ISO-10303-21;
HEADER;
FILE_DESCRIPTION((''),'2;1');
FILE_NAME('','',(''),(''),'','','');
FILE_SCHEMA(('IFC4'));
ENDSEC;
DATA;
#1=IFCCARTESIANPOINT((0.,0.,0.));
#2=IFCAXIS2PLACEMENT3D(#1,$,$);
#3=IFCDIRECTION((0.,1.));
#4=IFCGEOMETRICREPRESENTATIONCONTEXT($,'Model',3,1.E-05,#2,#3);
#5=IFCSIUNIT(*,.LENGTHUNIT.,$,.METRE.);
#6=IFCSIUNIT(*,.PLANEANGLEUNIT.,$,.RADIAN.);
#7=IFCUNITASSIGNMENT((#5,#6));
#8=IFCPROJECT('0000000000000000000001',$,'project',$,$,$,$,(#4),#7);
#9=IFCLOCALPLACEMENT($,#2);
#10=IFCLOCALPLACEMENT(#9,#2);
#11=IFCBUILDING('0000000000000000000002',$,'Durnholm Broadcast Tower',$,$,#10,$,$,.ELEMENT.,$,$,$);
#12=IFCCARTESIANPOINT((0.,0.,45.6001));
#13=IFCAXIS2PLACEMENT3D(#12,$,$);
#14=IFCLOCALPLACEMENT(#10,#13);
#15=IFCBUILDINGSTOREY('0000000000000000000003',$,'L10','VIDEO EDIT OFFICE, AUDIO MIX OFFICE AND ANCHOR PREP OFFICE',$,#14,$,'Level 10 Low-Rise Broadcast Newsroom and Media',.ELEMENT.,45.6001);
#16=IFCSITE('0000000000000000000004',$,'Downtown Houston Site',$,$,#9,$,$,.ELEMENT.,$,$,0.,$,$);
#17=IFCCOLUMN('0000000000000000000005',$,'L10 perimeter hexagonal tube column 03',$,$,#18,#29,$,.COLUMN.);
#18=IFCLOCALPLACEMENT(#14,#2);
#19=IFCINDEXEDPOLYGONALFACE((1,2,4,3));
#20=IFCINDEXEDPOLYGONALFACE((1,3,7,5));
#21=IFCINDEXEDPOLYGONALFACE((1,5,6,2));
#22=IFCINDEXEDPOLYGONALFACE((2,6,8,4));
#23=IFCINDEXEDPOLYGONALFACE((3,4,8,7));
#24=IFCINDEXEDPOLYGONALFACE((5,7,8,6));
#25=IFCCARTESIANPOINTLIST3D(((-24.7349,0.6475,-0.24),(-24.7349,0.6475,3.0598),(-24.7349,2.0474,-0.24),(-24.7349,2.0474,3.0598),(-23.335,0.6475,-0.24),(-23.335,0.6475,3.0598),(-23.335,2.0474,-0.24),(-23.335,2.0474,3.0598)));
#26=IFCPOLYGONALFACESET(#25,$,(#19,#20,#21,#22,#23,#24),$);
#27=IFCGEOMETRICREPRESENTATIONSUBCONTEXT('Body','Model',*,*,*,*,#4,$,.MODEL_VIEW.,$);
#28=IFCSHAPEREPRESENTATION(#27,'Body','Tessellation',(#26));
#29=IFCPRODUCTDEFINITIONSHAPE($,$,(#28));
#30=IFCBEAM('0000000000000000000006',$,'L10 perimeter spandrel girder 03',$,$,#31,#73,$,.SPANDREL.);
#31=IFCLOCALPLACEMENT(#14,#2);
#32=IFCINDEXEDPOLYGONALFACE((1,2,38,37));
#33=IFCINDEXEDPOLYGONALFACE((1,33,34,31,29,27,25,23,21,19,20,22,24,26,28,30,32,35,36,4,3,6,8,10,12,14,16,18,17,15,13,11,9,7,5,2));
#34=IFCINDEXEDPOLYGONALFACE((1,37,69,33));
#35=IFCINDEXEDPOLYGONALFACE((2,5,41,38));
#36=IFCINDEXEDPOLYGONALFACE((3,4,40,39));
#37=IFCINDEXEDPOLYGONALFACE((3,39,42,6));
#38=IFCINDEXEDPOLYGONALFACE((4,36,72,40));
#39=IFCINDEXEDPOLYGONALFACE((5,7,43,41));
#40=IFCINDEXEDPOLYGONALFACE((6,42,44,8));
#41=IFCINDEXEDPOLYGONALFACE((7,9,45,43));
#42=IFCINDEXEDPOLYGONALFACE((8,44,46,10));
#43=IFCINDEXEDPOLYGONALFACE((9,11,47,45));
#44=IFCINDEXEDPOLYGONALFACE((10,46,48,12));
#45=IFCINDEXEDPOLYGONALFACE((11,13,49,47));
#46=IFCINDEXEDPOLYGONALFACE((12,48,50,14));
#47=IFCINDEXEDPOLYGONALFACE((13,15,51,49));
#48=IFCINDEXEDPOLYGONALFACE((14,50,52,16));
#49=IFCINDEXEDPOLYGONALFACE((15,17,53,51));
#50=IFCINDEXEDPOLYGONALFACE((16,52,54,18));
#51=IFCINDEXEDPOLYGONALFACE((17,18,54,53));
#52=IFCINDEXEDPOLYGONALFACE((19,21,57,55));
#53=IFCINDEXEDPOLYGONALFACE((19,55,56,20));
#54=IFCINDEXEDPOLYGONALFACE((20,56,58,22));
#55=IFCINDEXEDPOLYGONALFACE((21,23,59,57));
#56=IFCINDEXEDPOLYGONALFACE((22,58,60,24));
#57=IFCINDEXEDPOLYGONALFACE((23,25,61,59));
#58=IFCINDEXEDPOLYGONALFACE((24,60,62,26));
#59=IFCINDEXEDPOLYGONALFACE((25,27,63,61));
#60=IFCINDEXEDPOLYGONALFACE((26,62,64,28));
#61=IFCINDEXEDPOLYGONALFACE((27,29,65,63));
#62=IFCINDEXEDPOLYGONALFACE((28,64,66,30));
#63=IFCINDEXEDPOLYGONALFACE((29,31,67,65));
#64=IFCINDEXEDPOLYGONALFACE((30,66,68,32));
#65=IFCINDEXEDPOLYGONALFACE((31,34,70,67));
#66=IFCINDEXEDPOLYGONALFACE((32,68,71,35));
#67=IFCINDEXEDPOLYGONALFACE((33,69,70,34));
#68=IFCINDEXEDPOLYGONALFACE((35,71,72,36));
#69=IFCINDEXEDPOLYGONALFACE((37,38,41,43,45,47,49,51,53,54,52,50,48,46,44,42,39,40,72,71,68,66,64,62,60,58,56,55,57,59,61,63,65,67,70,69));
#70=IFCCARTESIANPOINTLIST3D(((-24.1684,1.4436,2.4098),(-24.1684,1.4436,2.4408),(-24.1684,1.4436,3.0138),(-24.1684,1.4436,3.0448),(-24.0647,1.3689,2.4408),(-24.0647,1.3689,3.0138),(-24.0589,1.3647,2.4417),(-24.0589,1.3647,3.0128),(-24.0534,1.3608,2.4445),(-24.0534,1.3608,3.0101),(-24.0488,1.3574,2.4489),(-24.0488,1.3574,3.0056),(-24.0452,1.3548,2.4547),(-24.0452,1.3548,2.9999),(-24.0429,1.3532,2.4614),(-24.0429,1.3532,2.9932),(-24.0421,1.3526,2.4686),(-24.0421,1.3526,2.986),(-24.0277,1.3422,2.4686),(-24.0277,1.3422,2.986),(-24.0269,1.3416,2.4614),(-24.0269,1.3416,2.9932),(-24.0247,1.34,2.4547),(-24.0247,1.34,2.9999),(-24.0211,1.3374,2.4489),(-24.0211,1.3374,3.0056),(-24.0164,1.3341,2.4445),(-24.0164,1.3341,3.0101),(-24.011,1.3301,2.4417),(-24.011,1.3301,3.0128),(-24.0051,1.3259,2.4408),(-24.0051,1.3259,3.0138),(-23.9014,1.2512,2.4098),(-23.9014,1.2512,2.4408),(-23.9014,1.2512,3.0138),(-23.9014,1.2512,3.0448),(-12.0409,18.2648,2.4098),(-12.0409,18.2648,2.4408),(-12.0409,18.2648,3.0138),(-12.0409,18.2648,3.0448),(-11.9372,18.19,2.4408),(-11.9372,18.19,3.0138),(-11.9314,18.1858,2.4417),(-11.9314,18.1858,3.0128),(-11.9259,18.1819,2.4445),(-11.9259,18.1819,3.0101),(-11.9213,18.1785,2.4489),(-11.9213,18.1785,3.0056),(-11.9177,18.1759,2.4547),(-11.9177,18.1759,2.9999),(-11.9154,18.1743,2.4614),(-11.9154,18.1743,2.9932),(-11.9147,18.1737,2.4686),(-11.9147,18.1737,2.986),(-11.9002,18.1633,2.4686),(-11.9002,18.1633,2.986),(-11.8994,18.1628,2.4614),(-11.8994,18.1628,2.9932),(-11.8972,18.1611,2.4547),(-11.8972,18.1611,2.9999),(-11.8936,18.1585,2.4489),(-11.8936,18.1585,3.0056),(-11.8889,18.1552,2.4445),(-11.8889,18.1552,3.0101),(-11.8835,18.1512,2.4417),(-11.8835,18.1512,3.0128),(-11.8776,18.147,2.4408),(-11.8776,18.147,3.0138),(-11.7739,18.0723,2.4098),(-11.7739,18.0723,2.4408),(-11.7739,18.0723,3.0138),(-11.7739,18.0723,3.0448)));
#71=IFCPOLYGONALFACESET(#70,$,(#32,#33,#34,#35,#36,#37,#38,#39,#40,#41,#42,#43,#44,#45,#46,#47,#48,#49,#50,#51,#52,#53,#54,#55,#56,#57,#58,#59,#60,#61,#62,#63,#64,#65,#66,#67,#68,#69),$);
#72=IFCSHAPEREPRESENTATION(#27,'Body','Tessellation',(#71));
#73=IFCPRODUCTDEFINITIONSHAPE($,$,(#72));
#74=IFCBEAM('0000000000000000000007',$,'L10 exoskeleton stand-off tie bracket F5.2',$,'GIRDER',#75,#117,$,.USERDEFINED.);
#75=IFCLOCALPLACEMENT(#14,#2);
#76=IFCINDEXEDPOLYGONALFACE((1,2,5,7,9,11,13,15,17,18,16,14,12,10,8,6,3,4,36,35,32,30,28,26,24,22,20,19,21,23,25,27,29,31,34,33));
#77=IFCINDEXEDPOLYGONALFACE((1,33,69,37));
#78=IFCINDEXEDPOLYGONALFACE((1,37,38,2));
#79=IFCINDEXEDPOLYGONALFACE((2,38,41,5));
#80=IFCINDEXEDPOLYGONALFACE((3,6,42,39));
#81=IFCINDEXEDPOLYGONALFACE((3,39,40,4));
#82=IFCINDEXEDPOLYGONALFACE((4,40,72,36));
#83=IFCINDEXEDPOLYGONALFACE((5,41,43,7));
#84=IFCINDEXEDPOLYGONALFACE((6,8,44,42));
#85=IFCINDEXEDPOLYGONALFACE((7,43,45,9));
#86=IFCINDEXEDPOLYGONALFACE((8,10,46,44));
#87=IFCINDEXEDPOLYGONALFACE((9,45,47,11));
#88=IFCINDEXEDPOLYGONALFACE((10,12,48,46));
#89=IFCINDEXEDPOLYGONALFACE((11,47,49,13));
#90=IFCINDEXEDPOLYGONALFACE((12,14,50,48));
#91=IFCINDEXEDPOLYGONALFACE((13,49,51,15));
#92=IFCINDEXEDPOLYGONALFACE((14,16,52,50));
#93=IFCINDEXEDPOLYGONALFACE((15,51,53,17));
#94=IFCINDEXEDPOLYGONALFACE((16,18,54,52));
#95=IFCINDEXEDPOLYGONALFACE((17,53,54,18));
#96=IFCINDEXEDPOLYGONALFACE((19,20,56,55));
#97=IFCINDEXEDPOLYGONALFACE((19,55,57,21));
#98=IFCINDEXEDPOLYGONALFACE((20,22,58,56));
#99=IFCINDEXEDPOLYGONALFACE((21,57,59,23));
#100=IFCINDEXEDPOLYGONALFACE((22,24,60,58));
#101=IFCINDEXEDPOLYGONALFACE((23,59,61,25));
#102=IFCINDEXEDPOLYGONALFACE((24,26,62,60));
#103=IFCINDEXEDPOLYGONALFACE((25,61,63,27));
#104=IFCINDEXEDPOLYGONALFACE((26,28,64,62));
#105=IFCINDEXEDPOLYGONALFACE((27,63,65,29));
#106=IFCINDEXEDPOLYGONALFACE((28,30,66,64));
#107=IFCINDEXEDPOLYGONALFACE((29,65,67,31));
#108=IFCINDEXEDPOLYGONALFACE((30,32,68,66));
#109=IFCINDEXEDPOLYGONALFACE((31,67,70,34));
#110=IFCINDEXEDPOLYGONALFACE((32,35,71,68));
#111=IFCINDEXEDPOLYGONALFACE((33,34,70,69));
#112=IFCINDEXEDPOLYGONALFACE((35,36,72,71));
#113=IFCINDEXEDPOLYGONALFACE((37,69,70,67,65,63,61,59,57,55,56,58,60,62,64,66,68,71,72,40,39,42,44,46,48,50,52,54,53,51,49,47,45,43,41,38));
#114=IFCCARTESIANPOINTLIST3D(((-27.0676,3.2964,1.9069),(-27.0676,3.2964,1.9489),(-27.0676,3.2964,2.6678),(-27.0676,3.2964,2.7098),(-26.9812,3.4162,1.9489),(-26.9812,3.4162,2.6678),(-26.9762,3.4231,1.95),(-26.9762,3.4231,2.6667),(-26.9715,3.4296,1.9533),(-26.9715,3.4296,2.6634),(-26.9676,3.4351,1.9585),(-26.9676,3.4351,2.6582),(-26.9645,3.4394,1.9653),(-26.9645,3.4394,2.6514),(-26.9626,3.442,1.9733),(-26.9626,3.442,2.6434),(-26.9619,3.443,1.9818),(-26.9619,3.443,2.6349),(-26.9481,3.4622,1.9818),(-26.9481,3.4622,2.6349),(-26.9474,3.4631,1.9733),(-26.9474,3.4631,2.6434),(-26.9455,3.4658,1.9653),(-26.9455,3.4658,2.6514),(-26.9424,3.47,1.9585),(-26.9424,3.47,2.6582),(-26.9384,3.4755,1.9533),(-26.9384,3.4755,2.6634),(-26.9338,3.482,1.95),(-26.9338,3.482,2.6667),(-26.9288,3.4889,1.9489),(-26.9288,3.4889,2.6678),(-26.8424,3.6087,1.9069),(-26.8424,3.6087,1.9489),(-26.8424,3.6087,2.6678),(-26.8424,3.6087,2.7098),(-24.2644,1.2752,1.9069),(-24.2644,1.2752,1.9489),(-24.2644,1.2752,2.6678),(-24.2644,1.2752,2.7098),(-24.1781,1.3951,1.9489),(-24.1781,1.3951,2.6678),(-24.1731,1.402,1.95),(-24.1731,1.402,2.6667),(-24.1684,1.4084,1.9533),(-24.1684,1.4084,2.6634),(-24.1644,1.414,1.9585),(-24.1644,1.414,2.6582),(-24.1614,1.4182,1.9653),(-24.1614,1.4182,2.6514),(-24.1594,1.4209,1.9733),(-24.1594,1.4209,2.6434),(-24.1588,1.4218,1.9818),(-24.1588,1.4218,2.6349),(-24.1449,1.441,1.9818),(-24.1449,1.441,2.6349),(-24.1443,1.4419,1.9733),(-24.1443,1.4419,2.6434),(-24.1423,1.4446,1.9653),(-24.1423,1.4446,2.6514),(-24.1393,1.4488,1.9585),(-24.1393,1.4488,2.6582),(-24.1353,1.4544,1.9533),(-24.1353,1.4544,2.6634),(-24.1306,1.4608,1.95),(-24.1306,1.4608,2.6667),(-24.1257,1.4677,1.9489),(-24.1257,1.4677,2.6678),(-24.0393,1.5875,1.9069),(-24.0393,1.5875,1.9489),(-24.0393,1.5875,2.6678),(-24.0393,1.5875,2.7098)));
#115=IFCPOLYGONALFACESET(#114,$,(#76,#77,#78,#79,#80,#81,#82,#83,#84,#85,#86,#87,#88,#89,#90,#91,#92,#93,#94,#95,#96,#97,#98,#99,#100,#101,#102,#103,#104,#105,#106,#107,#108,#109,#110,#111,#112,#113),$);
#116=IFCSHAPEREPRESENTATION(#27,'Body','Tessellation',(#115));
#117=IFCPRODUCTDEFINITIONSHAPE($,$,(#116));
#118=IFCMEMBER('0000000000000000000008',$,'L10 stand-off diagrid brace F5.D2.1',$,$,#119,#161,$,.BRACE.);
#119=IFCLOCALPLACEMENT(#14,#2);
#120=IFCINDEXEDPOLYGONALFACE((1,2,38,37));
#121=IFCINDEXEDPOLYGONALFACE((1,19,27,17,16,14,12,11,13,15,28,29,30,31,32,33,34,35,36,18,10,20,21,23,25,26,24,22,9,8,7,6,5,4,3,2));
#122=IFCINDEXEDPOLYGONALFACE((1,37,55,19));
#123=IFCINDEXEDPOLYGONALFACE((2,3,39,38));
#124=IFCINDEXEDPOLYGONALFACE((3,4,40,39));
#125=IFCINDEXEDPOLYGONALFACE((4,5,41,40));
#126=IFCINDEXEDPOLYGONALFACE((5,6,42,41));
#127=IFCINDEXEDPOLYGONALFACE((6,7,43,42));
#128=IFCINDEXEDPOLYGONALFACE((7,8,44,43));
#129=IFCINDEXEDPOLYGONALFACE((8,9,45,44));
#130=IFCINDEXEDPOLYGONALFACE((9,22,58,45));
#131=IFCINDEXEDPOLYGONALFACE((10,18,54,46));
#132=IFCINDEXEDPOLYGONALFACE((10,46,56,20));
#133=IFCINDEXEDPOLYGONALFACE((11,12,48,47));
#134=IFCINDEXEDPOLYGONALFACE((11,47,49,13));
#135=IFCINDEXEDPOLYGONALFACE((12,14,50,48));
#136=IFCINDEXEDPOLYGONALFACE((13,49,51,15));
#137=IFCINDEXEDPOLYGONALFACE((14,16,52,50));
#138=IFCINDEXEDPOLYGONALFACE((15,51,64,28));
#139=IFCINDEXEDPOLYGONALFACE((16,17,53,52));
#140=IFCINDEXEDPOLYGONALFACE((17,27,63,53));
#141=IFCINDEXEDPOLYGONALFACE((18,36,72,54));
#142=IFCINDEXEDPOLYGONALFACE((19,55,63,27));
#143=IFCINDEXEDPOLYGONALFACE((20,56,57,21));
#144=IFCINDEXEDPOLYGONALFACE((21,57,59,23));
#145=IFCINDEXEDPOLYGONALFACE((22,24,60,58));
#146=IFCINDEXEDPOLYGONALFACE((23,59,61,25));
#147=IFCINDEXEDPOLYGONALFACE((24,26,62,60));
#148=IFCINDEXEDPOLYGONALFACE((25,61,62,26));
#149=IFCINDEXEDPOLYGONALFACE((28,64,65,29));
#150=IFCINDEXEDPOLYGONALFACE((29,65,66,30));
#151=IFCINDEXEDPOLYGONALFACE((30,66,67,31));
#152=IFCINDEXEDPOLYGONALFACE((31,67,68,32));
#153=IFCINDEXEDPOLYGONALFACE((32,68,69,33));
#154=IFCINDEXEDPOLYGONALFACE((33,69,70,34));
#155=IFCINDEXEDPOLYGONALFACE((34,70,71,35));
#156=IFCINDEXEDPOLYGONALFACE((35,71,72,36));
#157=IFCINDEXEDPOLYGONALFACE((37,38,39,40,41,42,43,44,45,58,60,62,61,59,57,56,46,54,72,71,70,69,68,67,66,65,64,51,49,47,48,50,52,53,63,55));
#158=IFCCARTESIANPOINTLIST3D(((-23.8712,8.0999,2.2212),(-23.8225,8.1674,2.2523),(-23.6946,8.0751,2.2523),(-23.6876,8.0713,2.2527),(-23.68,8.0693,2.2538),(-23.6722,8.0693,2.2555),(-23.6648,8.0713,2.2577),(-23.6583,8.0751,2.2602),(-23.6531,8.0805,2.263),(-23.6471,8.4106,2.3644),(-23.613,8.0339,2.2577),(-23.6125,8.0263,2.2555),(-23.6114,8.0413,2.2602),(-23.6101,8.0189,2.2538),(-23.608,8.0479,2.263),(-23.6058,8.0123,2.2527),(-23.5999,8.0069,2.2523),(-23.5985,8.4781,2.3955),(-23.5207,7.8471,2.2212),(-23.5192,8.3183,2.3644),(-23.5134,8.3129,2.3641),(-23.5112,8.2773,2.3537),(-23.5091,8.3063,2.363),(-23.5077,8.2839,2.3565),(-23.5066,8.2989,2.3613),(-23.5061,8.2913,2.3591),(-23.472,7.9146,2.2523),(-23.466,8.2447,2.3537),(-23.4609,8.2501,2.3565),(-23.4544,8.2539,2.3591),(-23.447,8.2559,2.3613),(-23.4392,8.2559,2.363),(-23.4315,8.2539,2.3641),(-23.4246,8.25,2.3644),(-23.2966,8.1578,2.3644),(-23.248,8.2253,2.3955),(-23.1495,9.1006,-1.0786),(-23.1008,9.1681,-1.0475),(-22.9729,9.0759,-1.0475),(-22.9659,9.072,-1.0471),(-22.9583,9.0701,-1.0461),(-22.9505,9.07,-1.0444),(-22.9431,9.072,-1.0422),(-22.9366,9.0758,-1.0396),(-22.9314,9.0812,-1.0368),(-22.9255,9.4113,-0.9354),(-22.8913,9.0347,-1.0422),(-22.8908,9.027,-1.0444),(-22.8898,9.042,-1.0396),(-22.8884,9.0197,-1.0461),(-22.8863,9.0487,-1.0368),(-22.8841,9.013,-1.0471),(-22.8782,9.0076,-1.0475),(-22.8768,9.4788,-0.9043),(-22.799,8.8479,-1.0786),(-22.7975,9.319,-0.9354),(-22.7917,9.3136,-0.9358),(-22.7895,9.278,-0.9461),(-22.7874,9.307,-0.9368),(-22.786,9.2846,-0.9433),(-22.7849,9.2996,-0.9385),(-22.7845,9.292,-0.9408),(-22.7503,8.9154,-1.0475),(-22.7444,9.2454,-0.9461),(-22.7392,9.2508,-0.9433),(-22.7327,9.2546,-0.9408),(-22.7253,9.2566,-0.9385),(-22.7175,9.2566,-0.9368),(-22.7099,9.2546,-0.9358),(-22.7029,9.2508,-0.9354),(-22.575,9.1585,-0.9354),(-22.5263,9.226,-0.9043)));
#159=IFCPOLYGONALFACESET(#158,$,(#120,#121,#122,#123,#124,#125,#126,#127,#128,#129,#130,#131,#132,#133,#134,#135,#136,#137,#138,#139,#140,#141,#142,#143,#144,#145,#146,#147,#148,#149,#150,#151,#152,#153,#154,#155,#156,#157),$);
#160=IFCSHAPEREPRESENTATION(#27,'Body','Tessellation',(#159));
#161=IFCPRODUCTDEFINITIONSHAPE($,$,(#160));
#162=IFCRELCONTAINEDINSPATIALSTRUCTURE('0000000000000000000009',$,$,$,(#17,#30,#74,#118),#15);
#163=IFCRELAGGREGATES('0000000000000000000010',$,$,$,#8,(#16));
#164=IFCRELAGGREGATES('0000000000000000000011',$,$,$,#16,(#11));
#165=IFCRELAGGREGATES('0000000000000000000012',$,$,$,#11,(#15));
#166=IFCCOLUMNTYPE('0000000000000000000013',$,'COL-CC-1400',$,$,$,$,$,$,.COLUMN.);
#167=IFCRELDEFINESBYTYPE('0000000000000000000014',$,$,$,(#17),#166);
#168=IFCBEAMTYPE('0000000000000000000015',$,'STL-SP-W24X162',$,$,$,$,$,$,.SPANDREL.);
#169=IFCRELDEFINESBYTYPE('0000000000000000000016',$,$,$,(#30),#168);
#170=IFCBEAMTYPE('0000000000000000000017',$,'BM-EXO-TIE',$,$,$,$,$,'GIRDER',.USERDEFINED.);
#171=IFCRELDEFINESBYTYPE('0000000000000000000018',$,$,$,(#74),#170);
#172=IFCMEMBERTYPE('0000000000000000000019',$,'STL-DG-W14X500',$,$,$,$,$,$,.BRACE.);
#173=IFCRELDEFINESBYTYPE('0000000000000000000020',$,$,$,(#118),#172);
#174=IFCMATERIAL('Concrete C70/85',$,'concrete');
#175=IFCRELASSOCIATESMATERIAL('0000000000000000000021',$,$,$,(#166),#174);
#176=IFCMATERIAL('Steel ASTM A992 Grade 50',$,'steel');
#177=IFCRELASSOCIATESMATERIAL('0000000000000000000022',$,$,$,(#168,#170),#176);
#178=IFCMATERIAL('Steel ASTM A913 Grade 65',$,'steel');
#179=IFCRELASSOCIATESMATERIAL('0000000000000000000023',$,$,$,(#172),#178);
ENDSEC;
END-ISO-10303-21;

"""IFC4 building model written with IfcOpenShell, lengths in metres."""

from ifc_helpers import new_model, si_unit, direction, frame, origin, origin_2d, place, context, subcontext, project, spatial, rectangle, i_section, extrude, source, transform, mapped, material, material_profile, profile_set, type_object, type_shapes, element, save


model = new_model("IFC4")

# Units and contexts
model_context = context("Model", 3, precision=1e-05, world=origin(), true_north=direction((0.0, 1.0)))
body_context = subcontext(model_context, "Body", "Model", "MODEL_VIEW")
ifc_project = project(units=[si_unit("LENGTHUNIT", "METRE"), si_unit("PLANEANGLEUNIT", "RADIAN")], contexts=[model_context])

# Site, building, storey
site_placement = place(None, origin())
site = spatial("IfcSite", under=ifc_project, at=site_placement, Name="Downtown Houston Site", CompositionType="ELEMENT", RefElevation=0.0)
building_placement = place(site_placement, origin())
building = spatial("IfcBuilding", under=site, at=building_placement, Name="Durnholm Broadcast Tower", CompositionType="ELEMENT")
storey_placement = place(building_placement, frame((0.0, 0.0, 45.6001)))
storey = spatial("IfcBuildingStorey", under=building, at=storey_placement, Name="L10", Description="VIDEO EDIT OFFICE, AUDIO MIX OFFICE AND ANCHOR PREP OFFICE", LongName="Level 10 Low-Rise Broadcast Newsroom and Media", CompositionType="ELEMENT", Elevation=45.6001)

# Column
ifc_material_1 = material(Name="Concrete C70/85", Category="concrete")
ifc_material_profile_1 = material_profile(ifc_material_1, rectangle(XDim=1.3999, YDim=1.3999, at=origin_2d()), Name="RC1400X1400")
ifc_profile_set_1 = profile_set([ifc_material_profile_1], Name="Concrete C70/85")
column_type = type_object("IfcColumnType", Name="COL-CC-1400", PredefinedType="COLUMN", material=ifc_profile_set_1)
shared_shape_1 = source(origin(), body_context, "Body", "SweptSolid", [
    extrude(rectangle(XDim=1.3999, YDim=1.3999, at=origin_2d()), origin(), (0.0, 0.0, 1.0), 3.2998),
])
type_shapes(column_type, [shared_shape_1])
column_placement = place(storey_placement, frame((-24.0349, 1.3474, -0.24), z_axis=(0.0, 0.0, 1.0), x_axis=(1.0, 0.0, 0.0)))
element("IfcColumn", 1, at=column_placement, inside=storey, type_object=column_type, Name="L10 perimeter hexagonal tube column 03", PredefinedType="COLUMN", context=body_context, shape_type="MappedRepresentation", body=[
    mapped(shared_shape_1, transform((0.0, 0.0, 0.0), x_axis=(1.0, 0.0, 0.0), y_axis=(0.0, 1.0, 0.0), z_axis=(0.0, 0.0, 1.0), scale=1.0)),
])

# Beams
ifc_material_2 = material(Name="Steel ASTM A992 Grade 50", Category="steel")
ifc_material_profile_2 = material_profile(ifc_material_2, i_section(OverallWidth=0.3291, OverallDepth=0.635, WebThickness=0.0178, FlangeThickness=0.031, FilletRadius=0.0278, at=origin_2d()), Name="W24X162")
ifc_profile_set_2 = profile_set([ifc_material_profile_2], Name="Steel ASTM A992 Grade 50")
beam_type_1 = type_object("IfcBeamType", Name="STL-SP-W24X162", PredefinedType="SPANDREL", material=ifc_profile_set_2)
shared_shape_2 = source(origin(), body_context, "Body", "SweptSolid", [
    extrude(i_section(OverallWidth=0.3291, OverallDepth=0.635, WebThickness=0.0178, FlangeThickness=0.031, FilletRadius=0.0278, at=origin_2d()), origin(), (0.0, 0.0, 1.0), 20.7371),
])
type_shapes(beam_type_1, [shared_shape_2])
beam_1_placement = place(storey_placement, frame((-24.0349, 1.3474, 2.7273), z_axis=(0.584822, 0.811162, 0.0), x_axis=(-0.811162, 0.584822, 0.0)))
element("IfcBeam", 2, at=beam_1_placement, inside=storey, type_object=beam_type_1, Name="L10 perimeter spandrel girder 03", PredefinedType="SPANDREL", context=body_context, shape_type="MappedRepresentation", body=[
    mapped(shared_shape_2, transform((0.0, 0.0, 0.0), x_axis=(1.0, 0.0, 0.0), y_axis=(0.0, 1.0, 0.0), z_axis=(0.0, 0.0, 1.0), scale=1.0)),
])
ifc_material_profile_3 = material_profile(ifc_material_2, i_section(OverallWidth=0.385, OverallDepth=0.803, WebThickness=0.0237, FlangeThickness=0.042, FilletRadius=0.033, at=origin_2d()), Name="W30X261")
ifc_profile_set_3 = profile_set([ifc_material_profile_3], Name="Steel ASTM A992 Grade 50")
beam_type_2 = type_object("IfcBeamType", Name="BM-EXO-TIE", ElementType="GIRDER", PredefinedType="USERDEFINED", material=ifc_profile_set_3)
shared_shape_3 = source(origin(), body_context, "Body", "SweptSolid", [
    extrude(i_section(OverallWidth=0.385, OverallDepth=0.803, WebThickness=0.0237, FlangeThickness=0.042, FilletRadius=0.033, at=origin_2d()), origin(), (0.0, 0.0, 1.0), 3.4558),
])
type_shapes(beam_type_2, [shared_shape_3])
beam_2_placement = place(storey_placement, frame((-24.1519, 1.4314, 2.3083), z_axis=(-0.811134, 0.584861, 0.0), x_axis=(-0.584861, -0.811134, 0.0)))
element("IfcBeam", 3, at=beam_2_placement, inside=storey, type_object=beam_type_2, Name="L10 exoskeleton stand-off tie bracket F5.2", ObjectType="GIRDER", PredefinedType="USERDEFINED", context=body_context, shape_type="MappedRepresentation", body=[
    mapped(shared_shape_3, transform((0.0, 0.0, 0.0), x_axis=(1.0, 0.0, 0.0), y_axis=(0.0, 1.0, 0.0), z_axis=(0.0, 0.0, 1.0), scale=1.0)),
])

# Member
ifc_material_3 = material(Name="Steel ASTM A913 Grade 65", Category="steel")
ifc_material_profile_4 = material_profile(ifc_material_3, i_section(OverallWidth=0.4321, OverallDepth=0.4978, WebThickness=0.0557, FlangeThickness=0.0889, FilletRadius=0.0305, at=origin_2d()), Name="W14X500")
ifc_profile_set_4 = profile_set([ifc_material_profile_4], Name="Steel ASTM A913 Grade 65")
member_type_1 = type_object("IfcMemberType", Name="STL-DG-W14X500", PredefinedType="BRACE", material=ifc_profile_set_4)
shared_shape_4 = source(origin(), body_context, "Body", "SweptSolid", [
    extrude(i_section(OverallWidth=0.4321, OverallDepth=0.4978, WebThickness=0.0557, FlangeThickness=0.0889, FilletRadius=0.0305, at=origin_2d()), origin(), (0.0, 0.0, 1.0), 3.5229),
])
type_shapes(member_type_1, [shared_shape_4])
for number, where, z_axis, x_axis, name in (
    (4, (-22.8379, 9.1633, -0.9915), (-0.204852, -0.284063, 0.936666), (0.811091, -0.58492, 0.0), "L10 stand-off diagrid brace F5.D2.1"),
):
    element("IfcMember", number, at=place(storey_placement, frame(where, z_axis=z_axis, x_axis=x_axis)), inside=storey, type_object=member_type_1, Name=name, PredefinedType="BRACE", context=body_context, shape_type="MappedRepresentation", body=[
        mapped(shared_shape_4, transform((0.0, 0.0, 0.0), x_axis=(1.0, 0.0, 0.0), y_axis=(0.0, 1.0, 0.0), z_axis=(0.0, 0.0, 1.0), scale=1.0)),
    ])

save(model, "model.ifc")
